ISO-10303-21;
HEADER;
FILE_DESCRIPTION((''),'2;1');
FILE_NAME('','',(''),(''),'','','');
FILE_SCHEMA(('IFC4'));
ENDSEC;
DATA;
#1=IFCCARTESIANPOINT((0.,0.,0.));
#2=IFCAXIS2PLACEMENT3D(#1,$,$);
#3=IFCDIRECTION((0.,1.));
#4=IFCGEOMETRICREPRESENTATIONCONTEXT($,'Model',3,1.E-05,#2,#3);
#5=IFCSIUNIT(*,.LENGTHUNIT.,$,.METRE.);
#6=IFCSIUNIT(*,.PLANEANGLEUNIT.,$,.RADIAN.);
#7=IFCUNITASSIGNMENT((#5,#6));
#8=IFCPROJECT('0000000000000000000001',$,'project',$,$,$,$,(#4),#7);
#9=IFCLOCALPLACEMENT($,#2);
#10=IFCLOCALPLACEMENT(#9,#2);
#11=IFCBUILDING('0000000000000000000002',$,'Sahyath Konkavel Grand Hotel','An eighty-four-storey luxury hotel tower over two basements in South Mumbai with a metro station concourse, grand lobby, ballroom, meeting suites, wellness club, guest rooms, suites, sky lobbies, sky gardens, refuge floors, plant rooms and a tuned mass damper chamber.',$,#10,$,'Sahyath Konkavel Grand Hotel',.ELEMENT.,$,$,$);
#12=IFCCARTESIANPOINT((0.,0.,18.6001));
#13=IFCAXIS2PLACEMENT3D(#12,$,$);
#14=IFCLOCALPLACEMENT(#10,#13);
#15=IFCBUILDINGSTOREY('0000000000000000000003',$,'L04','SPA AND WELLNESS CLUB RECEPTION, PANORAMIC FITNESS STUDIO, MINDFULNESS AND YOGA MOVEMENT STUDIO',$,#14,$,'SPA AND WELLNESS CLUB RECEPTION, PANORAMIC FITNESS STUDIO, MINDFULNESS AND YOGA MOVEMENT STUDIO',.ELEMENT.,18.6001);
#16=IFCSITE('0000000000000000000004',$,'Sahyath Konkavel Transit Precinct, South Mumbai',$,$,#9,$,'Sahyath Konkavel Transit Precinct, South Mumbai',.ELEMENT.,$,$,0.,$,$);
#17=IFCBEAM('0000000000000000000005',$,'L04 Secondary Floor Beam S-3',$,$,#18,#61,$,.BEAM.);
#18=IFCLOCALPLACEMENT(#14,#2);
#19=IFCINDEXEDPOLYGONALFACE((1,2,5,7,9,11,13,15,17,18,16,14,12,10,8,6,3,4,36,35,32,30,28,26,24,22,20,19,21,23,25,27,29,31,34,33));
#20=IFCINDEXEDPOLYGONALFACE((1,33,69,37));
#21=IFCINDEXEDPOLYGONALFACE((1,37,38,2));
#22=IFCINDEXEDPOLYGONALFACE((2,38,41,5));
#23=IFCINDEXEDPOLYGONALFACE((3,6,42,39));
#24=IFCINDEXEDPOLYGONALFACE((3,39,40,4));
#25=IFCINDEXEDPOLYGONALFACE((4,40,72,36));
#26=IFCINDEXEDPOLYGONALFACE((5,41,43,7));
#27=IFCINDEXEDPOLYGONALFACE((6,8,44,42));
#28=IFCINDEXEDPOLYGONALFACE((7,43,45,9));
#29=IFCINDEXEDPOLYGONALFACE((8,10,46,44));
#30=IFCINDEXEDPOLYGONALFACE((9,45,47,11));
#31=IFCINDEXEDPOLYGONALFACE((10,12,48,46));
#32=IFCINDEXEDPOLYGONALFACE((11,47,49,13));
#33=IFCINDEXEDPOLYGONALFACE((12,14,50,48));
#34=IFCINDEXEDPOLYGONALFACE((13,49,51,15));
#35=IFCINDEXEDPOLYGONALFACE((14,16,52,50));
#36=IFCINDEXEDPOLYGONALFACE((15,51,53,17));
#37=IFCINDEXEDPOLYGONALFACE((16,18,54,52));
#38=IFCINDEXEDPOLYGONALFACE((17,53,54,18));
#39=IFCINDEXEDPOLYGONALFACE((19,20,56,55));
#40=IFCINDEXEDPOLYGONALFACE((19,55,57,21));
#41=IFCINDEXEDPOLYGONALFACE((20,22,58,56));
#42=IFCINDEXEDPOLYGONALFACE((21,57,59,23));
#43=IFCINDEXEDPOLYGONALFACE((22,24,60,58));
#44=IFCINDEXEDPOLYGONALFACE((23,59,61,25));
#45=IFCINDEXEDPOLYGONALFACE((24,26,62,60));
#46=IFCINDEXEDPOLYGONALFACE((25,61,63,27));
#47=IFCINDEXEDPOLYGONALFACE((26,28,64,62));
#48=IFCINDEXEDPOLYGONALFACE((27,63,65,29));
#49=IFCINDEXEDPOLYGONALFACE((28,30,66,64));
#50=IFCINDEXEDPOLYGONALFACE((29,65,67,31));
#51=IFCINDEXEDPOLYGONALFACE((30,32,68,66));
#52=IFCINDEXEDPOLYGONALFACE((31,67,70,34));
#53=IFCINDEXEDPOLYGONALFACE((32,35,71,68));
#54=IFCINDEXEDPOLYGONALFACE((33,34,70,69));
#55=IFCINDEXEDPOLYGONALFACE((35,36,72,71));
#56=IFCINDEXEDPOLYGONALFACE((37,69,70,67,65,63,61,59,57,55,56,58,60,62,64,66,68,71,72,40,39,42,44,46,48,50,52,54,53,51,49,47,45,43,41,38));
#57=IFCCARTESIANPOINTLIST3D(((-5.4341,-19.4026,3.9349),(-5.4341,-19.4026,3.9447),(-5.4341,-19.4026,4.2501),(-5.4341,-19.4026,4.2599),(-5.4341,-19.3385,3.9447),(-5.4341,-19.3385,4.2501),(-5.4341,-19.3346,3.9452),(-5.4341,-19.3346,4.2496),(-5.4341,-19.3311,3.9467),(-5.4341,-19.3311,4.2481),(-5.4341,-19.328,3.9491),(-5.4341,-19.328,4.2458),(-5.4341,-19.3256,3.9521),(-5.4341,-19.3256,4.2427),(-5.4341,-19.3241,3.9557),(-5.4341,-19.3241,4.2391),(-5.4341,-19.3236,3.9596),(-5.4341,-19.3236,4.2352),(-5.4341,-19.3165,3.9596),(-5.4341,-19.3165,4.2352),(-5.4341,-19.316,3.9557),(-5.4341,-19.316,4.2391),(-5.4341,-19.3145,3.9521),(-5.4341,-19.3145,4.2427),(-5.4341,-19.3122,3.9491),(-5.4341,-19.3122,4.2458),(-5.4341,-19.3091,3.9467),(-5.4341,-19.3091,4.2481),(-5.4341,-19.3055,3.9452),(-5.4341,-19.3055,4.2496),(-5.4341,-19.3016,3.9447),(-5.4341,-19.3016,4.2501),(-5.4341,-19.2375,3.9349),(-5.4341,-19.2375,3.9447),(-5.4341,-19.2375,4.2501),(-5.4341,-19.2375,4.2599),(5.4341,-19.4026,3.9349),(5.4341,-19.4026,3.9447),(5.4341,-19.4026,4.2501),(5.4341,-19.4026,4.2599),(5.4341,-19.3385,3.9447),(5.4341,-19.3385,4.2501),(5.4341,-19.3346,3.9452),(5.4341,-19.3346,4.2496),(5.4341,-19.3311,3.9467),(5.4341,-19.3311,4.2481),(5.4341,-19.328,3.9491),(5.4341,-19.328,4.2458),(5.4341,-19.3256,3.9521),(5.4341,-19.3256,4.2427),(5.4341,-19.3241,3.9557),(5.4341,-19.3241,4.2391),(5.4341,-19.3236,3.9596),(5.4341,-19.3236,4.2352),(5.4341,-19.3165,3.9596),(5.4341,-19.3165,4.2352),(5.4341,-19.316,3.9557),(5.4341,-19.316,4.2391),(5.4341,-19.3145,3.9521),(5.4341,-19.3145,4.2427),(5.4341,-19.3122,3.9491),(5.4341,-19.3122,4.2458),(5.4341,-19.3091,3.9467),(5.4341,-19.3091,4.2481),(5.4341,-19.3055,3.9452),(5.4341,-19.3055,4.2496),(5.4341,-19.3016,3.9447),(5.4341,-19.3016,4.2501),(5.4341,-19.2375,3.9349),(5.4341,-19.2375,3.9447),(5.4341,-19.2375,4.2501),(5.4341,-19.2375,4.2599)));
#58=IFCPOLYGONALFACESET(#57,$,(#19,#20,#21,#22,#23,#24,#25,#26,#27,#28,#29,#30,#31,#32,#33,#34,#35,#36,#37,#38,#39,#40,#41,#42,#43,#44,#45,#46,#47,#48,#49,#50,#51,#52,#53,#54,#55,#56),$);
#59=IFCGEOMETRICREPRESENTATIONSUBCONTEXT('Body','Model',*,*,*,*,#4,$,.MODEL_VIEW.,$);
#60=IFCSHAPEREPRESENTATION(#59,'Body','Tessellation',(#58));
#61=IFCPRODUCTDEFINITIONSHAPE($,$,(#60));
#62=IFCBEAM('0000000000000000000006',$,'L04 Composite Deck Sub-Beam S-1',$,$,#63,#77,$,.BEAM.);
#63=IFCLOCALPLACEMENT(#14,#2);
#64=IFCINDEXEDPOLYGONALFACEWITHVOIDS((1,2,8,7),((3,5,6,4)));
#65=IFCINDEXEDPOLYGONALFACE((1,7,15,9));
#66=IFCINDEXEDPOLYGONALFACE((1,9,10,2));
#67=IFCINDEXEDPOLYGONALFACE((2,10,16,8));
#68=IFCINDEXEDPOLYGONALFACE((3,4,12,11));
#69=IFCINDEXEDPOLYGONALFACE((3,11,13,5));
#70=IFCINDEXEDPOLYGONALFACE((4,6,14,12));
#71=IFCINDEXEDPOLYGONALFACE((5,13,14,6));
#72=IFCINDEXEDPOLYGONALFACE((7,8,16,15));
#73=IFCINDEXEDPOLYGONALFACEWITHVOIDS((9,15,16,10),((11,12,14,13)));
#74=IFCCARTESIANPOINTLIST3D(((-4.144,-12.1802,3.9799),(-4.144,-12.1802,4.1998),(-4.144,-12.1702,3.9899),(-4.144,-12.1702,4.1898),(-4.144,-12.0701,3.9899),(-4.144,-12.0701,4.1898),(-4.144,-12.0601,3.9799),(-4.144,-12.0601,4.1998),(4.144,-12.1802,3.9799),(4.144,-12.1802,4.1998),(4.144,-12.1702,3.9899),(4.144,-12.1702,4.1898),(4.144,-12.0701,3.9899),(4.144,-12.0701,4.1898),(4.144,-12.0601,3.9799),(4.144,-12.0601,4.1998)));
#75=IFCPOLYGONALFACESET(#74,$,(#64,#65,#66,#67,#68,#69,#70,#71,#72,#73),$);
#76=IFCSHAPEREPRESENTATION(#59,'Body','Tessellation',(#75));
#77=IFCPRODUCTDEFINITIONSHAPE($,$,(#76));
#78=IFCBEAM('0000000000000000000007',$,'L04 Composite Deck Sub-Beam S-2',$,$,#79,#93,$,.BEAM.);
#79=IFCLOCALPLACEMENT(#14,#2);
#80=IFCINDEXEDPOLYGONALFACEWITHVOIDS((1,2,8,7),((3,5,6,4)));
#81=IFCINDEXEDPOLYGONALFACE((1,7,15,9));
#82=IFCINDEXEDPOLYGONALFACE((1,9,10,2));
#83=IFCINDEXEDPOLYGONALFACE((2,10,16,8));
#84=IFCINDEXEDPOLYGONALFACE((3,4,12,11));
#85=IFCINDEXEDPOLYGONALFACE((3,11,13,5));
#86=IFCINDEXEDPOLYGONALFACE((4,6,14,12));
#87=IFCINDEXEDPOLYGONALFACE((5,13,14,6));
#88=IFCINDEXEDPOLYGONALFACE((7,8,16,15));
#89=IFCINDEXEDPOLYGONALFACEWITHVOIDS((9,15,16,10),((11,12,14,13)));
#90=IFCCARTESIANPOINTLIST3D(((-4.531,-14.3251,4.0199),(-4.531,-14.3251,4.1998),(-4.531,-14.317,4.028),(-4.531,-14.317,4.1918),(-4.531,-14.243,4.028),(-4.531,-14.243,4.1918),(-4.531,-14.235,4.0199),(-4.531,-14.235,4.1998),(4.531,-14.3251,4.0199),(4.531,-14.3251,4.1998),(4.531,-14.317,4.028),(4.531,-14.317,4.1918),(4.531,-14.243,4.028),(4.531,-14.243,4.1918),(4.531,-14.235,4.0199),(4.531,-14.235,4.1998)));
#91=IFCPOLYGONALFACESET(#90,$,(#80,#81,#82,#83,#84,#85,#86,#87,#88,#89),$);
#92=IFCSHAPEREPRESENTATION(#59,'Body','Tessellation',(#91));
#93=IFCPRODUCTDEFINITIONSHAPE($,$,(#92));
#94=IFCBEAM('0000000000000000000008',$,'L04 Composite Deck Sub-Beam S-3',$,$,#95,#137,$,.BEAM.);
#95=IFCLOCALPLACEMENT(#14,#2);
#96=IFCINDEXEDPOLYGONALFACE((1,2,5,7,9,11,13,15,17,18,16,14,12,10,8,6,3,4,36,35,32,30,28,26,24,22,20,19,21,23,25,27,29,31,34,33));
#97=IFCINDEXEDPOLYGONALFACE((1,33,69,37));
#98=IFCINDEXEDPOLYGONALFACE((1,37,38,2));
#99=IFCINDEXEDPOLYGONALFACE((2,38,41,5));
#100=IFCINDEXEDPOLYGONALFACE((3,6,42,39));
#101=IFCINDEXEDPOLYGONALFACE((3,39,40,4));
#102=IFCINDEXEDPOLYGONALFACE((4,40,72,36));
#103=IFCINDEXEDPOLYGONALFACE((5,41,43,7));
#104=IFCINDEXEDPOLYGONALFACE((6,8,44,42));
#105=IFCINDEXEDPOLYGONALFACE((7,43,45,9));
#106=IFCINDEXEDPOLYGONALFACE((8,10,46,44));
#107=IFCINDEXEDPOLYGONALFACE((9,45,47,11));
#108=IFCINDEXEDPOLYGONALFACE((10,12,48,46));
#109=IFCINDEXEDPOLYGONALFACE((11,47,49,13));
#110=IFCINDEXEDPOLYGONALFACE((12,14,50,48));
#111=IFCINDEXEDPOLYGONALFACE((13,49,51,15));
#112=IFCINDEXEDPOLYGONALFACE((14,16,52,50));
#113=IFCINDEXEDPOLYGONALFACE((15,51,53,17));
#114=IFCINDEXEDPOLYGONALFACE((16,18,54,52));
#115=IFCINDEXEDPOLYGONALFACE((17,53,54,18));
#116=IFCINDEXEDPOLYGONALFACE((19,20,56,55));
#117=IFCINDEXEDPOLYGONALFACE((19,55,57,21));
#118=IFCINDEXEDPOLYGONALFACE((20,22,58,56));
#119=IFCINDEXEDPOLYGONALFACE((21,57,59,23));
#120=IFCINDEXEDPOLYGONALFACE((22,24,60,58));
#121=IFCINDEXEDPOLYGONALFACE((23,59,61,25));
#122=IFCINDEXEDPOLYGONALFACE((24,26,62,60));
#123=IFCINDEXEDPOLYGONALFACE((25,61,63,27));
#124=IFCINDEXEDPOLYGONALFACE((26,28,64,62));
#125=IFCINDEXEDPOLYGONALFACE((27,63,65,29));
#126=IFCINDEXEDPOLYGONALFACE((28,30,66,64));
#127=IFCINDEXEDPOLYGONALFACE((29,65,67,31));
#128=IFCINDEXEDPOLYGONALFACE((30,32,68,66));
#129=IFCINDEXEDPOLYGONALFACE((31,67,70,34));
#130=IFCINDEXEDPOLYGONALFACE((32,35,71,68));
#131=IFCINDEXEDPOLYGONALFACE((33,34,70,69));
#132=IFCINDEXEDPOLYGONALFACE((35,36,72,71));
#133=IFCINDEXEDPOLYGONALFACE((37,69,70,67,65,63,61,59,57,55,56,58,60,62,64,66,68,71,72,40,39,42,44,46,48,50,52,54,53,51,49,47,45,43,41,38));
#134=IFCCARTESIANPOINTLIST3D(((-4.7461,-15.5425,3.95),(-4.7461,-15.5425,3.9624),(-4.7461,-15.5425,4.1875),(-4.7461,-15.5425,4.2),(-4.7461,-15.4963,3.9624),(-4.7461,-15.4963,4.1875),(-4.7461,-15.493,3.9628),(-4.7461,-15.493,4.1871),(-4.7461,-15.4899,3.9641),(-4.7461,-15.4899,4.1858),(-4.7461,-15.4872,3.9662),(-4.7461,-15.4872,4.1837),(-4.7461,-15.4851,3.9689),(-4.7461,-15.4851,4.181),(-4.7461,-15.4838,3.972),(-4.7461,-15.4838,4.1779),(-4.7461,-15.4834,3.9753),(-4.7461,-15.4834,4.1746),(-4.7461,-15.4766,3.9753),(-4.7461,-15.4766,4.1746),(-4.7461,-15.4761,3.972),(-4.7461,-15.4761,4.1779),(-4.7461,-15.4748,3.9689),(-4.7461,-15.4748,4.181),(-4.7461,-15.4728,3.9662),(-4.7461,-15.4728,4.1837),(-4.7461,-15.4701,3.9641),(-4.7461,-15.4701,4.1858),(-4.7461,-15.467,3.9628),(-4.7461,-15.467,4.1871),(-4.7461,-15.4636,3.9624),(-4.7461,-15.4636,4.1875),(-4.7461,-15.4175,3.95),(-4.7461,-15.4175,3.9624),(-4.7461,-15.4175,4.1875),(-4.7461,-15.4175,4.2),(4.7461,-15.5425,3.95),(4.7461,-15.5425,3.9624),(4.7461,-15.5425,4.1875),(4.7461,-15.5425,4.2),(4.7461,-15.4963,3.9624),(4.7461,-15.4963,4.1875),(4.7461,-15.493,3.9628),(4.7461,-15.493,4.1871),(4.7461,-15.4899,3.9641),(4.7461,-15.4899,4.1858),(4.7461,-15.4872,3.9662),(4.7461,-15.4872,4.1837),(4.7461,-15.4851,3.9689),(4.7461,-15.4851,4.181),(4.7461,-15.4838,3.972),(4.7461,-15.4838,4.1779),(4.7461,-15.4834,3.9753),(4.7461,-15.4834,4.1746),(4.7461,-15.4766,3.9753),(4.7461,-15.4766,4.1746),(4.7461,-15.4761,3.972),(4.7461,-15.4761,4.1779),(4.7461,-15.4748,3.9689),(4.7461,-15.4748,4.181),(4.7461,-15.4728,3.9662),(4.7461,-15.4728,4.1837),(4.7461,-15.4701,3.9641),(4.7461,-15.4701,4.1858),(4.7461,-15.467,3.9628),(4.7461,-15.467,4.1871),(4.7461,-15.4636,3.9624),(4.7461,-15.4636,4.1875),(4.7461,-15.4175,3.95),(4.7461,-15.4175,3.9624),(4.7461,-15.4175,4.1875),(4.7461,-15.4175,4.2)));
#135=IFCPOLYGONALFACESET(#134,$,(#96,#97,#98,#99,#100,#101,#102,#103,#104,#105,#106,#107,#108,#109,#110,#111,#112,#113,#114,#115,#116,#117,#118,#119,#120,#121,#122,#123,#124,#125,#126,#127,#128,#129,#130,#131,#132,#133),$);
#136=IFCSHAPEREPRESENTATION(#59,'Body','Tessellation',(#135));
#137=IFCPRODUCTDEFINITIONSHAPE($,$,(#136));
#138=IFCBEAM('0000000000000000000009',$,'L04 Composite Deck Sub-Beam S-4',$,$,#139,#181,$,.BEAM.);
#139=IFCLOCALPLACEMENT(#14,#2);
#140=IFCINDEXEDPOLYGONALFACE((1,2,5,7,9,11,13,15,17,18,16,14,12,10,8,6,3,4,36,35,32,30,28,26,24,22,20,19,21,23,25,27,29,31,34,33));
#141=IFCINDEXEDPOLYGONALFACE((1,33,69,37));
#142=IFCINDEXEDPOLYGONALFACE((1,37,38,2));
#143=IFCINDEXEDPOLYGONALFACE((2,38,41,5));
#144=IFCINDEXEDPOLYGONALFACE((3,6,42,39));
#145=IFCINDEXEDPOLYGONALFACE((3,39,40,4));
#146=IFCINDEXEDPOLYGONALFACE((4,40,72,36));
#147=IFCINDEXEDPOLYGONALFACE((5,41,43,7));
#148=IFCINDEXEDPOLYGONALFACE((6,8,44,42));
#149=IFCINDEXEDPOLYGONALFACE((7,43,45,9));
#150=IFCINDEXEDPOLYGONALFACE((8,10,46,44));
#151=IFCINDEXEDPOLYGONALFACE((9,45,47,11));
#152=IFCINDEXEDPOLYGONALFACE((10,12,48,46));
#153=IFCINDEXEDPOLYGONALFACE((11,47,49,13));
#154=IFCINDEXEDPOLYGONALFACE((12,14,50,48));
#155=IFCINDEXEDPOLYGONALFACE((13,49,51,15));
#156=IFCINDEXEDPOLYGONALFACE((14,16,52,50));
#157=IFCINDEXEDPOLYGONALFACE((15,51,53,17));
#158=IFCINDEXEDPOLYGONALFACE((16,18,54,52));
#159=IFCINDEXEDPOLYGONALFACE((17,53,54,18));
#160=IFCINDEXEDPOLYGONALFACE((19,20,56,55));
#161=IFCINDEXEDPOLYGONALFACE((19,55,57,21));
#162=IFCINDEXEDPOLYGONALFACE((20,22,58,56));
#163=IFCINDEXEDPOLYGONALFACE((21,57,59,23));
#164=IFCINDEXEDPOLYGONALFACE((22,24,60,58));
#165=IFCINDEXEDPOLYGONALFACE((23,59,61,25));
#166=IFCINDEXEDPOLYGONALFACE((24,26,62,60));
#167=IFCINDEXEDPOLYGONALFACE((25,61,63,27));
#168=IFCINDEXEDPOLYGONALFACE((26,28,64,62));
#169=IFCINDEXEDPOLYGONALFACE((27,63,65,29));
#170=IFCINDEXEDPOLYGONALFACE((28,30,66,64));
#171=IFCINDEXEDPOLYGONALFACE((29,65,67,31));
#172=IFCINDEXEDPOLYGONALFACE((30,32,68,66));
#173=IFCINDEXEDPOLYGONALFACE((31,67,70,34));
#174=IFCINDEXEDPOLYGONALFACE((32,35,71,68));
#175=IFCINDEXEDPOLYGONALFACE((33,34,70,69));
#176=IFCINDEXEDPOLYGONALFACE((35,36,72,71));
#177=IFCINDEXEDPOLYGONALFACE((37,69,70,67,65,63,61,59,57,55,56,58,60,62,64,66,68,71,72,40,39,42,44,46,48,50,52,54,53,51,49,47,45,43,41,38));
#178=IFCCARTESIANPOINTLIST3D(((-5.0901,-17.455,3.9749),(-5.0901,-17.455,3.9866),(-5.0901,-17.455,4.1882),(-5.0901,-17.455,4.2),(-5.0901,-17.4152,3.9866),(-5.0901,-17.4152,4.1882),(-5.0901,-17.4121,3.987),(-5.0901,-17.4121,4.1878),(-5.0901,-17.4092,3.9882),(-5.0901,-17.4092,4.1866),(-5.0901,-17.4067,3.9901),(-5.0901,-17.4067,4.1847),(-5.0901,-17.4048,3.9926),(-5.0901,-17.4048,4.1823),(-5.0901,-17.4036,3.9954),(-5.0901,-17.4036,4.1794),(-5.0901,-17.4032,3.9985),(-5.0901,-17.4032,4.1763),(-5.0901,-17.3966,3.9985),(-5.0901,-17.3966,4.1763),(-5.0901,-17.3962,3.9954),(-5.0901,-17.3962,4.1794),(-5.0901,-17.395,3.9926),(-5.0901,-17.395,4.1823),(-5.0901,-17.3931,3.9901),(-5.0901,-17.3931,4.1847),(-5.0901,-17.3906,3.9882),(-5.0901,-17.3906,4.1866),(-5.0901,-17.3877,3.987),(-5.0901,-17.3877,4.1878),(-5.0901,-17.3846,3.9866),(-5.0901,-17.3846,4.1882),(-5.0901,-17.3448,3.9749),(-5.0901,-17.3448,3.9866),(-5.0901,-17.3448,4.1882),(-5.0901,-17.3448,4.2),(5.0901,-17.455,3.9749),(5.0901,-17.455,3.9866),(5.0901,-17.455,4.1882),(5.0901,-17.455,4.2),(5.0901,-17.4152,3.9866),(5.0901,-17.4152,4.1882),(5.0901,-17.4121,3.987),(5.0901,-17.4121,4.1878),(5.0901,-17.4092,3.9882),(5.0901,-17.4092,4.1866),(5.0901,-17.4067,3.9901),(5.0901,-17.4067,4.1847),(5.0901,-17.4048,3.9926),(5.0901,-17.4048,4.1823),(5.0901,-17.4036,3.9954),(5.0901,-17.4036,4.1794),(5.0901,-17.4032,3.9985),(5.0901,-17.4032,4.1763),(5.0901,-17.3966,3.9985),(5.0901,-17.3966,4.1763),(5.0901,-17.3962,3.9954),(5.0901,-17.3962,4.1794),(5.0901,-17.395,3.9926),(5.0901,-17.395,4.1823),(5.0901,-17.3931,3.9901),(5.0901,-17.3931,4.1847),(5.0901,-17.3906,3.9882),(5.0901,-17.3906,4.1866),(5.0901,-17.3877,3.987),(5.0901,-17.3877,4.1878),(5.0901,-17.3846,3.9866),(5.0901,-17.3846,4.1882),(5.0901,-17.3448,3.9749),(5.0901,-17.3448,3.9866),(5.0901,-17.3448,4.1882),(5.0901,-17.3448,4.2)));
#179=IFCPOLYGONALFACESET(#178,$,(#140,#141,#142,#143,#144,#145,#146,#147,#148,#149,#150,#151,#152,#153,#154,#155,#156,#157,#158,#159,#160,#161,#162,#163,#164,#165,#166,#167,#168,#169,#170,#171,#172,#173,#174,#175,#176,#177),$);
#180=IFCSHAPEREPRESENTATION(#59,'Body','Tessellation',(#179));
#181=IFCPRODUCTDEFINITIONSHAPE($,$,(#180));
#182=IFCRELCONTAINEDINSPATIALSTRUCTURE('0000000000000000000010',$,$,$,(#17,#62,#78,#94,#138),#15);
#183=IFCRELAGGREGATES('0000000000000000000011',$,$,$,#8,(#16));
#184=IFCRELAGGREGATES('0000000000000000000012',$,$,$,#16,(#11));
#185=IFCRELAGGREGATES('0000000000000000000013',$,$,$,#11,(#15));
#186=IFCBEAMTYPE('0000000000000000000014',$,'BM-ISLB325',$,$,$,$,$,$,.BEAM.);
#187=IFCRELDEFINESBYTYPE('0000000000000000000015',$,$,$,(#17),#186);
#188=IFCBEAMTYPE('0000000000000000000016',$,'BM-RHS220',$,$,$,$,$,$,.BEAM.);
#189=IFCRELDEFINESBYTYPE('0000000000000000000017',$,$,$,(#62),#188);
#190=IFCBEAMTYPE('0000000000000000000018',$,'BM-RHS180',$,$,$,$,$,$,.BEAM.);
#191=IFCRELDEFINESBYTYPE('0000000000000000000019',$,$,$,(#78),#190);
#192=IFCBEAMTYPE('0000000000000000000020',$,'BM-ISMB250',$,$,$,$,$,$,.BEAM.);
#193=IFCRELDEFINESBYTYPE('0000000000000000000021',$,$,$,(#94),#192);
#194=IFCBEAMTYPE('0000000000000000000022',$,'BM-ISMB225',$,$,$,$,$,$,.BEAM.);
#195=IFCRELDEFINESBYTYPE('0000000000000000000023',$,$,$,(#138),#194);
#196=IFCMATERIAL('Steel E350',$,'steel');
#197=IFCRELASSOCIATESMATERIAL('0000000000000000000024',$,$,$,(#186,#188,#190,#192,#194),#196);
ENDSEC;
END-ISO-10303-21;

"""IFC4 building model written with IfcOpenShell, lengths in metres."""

from ifc_helpers import new_model, si_unit, direction, frame, origin, origin_2d, place, context, subcontext, project, spatial, hollow_rectangle, i_section, extrude, source, transform, mapped, material, material_profile, profile_set, type_object, element, save


model = new_model("IFC4")

# Units and contexts
model_context = context("Model", 3, precision=1e-05, world=origin(), true_north=direction((0.0, 1.0)))
body_context = subcontext(model_context, "Body", "Model", "MODEL_VIEW")
ifc_project = project(units=[si_unit("LENGTHUNIT", "METRE"), si_unit("PLANEANGLEUNIT", "RADIAN")], contexts=[model_context])

# Site, building, storey
site_placement = place(None, origin())
site = spatial("IfcSite", under=ifc_project, at=site_placement, Name="Sahyath Konkavel Transit Precinct, South Mumbai", LongName="Sahyath Konkavel Transit Precinct, South Mumbai", CompositionType="ELEMENT", RefElevation=0.0)
building_placement = place(site_placement, origin())
building = spatial("IfcBuilding", under=site, at=building_placement, Name="Sahyath Konkavel Grand Hotel", Description="An eighty-four-storey luxury hotel tower over two basements in South Mumbai with a metro station concourse, grand lobby, ballroom, meeting suites, wellness club, guest rooms, suites, sky lobbies, sky gardens, refuge floors, plant rooms and a tuned mass damper chamber.", LongName="Sahyath Konkavel Grand Hotel", CompositionType="ELEMENT")
storey_placement = place(building_placement, frame((0.0, 0.0, 18.6001)))
storey = spatial("IfcBuildingStorey", under=building, at=storey_placement, Name="L04", Description="SPA AND WELLNESS CLUB RECEPTION, PANORAMIC FITNESS STUDIO, MINDFULNESS AND YOGA MOVEMENT STUDIO", LongName="SPA AND WELLNESS CLUB RECEPTION, PANORAMIC FITNESS STUDIO, MINDFULNESS AND YOGA MOVEMENT STUDIO", CompositionType="ELEMENT", Elevation=18.6001)

# Beams
ifc_material_1 = material(Name="Steel E350", Category="steel")
ifc_material_profile_1 = material_profile(ifc_material_1, i_section(OverallWidth=0.165, OverallDepth=0.325, WebThickness=0.0071, FlangeThickness=0.0098, FilletRadius=0.0149, at=origin_2d()), Name="ISLB 325")
ifc_profile_set_1 = profile_set([ifc_material_profile_1], Name="Steel E350")
beam_type_1 = type_object("IfcBeamType", Name="BM-ISLB325", PredefinedType="BEAM", material=ifc_profile_set_1)
shared_shape_1 = source(origin(), body_context, "Body", "SweptSolid", [
    extrude(i_section(OverallWidth=0.165, OverallDepth=0.325, WebThickness=0.0071, FlangeThickness=0.0098, FilletRadius=0.0149, at=origin_2d()), origin(), (0.0, 0.0, 1.0), 10.8682),
])
beam_1_placement = place(storey_placement, frame((-5.4341, -19.3201, 4.0974), z_axis=(1.0, 0.0, 0.0), x_axis=(0.0, 1.0, 0.0)))
element("IfcBeam", 1, at=beam_1_placement, inside=storey, type_object=beam_type_1, Name="L04 Secondary Floor Beam S-3", PredefinedType="BEAM", context=body_context, shape_type="MappedRepresentation", body=[
    mapped(shared_shape_1, transform((0.0, 0.0, 0.0), scale=1.0)),
])
ifc_material_profile_2 = material_profile(ifc_material_1, hollow_rectangle(XDim=0.1201, YDim=0.22, WallThickness=0.01, at=origin_2d()), Name="RHS 220x120x10")
ifc_profile_set_2 = profile_set([ifc_material_profile_2], Name="Steel E350")
beam_type_2 = type_object("IfcBeamType", Name="BM-RHS220", PredefinedType="BEAM", material=ifc_profile_set_2)
shared_shape_2 = source(origin(), body_context, "Body", "SweptSolid", [
    extrude(hollow_rectangle(XDim=0.1201, YDim=0.22, WallThickness=0.01, at=origin_2d()), origin(), (0.0, 0.0, 1.0), 8.2881),
])
beam_2_placement = place(storey_placement, frame((-4.144, -12.1201, 4.0898), z_axis=(1.0, 0.0, 0.0), x_axis=(0.0, 1.0, 0.0)))
element("IfcBeam", 2, at=beam_2_placement, inside=storey, type_object=beam_type_2, Name="L04 Composite Deck Sub-Beam S-1", PredefinedType="BEAM", context=body_context, shape_type="MappedRepresentation", body=[
    mapped(shared_shape_2, transform((0.0, 0.0, 0.0), scale=1.0)),
])
ifc_material_profile_3 = material_profile(ifc_material_1, hollow_rectangle(XDim=0.0901, YDim=0.1799, WallThickness=0.0081, at=origin_2d()), Name="RHS 180x90x8")
ifc_profile_set_3 = profile_set([ifc_material_profile_3], Name="Steel E350")
beam_type_3 = type_object("IfcBeamType", Name="BM-RHS180", PredefinedType="BEAM", material=ifc_profile_set_3)
shared_shape_3 = source(origin(), body_context, "Body", "SweptSolid", [
    extrude(hollow_rectangle(XDim=0.0901, YDim=0.1799, WallThickness=0.0081, at=origin_2d()), origin(), (0.0, 0.0, 1.0), 9.062),
])
beam_3_placement = place(storey_placement, frame((-4.531, -14.28, 4.1099), z_axis=(1.0, 0.0, 0.0), x_axis=(0.0, 1.0, 0.0)))
element("IfcBeam", 3, at=beam_3_placement, inside=storey, type_object=beam_type_3, Name="L04 Composite Deck Sub-Beam S-2", PredefinedType="BEAM", context=body_context, shape_type="MappedRepresentation", body=[
    mapped(shared_shape_3, transform((0.0, 0.0, 0.0), scale=1.0)),
])
ifc_material_profile_4 = material_profile(ifc_material_1, i_section(OverallWidth=0.125, OverallDepth=0.25, WebThickness=0.0068, FlangeThickness=0.0125, FilletRadius=0.0129, at=origin_2d()), Name="ISMB 250")
ifc_profile_set_4 = profile_set([ifc_material_profile_4], Name="Steel E350")
beam_type_4 = type_object("IfcBeamType", Name="BM-ISMB250", PredefinedType="BEAM", material=ifc_profile_set_4)
shared_shape_4 = source(origin(), body_context, "Body", "SweptSolid", [
    extrude(i_section(OverallWidth=0.125, OverallDepth=0.25, WebThickness=0.0068, FlangeThickness=0.0125, FilletRadius=0.0129, at=origin_2d()), origin(), (0.0, 0.0, 1.0), 9.4922),
])
beam_4_placement = place(storey_placement, frame((-4.7461, -15.48, 4.075), z_axis=(1.0, 0.0, 0.0), x_axis=(0.0, 1.0, 0.0)))
element("IfcBeam", 4, at=beam_4_placement, inside=storey, type_object=beam_type_4, Name="L04 Composite Deck Sub-Beam S-3", PredefinedType="BEAM", context=body_context, shape_type="MappedRepresentation", body=[
    mapped(shared_shape_4, transform((0.0, 0.0, 0.0), scale=1.0)),
])
ifc_material_profile_5 = material_profile(ifc_material_1, i_section(OverallWidth=0.1101, OverallDepth=0.2251, WebThickness=0.0066, FlangeThickness=0.0117, FilletRadius=0.012, at=origin_2d()), Name="ISMB 225")
ifc_profile_set_5 = profile_set([ifc_material_profile_5], Name="Steel E350")
beam_type_5 = type_object("IfcBeamType", Name="BM-ISMB225", PredefinedType="BEAM", material=ifc_profile_set_5)
shared_shape_5 = source(origin(), body_context, "Body", "SweptSolid", [
    extrude(i_section(OverallWidth=0.1101, OverallDepth=0.2251, WebThickness=0.0066, FlangeThickness=0.0117, FilletRadius=0.012, at=origin_2d()), origin(), (0.0, 0.0, 1.0), 10.1802),
])
beam_5_placement = place(storey_placement, frame((-5.0901, -17.3999, 4.0874), z_axis=(1.0, 0.0, 0.0), x_axis=(0.0, 1.0, 0.0)))
element("IfcBeam", 5, at=beam_5_placement, inside=storey, type_object=beam_type_5, Name="L04 Composite Deck Sub-Beam S-4", PredefinedType="BEAM", context=body_context, shape_type="MappedRepresentation", body=[
    mapped(shared_shape_5, transform((0.0, 0.0, 0.0), scale=1.0)),
])

save(model, "model.ifc")
